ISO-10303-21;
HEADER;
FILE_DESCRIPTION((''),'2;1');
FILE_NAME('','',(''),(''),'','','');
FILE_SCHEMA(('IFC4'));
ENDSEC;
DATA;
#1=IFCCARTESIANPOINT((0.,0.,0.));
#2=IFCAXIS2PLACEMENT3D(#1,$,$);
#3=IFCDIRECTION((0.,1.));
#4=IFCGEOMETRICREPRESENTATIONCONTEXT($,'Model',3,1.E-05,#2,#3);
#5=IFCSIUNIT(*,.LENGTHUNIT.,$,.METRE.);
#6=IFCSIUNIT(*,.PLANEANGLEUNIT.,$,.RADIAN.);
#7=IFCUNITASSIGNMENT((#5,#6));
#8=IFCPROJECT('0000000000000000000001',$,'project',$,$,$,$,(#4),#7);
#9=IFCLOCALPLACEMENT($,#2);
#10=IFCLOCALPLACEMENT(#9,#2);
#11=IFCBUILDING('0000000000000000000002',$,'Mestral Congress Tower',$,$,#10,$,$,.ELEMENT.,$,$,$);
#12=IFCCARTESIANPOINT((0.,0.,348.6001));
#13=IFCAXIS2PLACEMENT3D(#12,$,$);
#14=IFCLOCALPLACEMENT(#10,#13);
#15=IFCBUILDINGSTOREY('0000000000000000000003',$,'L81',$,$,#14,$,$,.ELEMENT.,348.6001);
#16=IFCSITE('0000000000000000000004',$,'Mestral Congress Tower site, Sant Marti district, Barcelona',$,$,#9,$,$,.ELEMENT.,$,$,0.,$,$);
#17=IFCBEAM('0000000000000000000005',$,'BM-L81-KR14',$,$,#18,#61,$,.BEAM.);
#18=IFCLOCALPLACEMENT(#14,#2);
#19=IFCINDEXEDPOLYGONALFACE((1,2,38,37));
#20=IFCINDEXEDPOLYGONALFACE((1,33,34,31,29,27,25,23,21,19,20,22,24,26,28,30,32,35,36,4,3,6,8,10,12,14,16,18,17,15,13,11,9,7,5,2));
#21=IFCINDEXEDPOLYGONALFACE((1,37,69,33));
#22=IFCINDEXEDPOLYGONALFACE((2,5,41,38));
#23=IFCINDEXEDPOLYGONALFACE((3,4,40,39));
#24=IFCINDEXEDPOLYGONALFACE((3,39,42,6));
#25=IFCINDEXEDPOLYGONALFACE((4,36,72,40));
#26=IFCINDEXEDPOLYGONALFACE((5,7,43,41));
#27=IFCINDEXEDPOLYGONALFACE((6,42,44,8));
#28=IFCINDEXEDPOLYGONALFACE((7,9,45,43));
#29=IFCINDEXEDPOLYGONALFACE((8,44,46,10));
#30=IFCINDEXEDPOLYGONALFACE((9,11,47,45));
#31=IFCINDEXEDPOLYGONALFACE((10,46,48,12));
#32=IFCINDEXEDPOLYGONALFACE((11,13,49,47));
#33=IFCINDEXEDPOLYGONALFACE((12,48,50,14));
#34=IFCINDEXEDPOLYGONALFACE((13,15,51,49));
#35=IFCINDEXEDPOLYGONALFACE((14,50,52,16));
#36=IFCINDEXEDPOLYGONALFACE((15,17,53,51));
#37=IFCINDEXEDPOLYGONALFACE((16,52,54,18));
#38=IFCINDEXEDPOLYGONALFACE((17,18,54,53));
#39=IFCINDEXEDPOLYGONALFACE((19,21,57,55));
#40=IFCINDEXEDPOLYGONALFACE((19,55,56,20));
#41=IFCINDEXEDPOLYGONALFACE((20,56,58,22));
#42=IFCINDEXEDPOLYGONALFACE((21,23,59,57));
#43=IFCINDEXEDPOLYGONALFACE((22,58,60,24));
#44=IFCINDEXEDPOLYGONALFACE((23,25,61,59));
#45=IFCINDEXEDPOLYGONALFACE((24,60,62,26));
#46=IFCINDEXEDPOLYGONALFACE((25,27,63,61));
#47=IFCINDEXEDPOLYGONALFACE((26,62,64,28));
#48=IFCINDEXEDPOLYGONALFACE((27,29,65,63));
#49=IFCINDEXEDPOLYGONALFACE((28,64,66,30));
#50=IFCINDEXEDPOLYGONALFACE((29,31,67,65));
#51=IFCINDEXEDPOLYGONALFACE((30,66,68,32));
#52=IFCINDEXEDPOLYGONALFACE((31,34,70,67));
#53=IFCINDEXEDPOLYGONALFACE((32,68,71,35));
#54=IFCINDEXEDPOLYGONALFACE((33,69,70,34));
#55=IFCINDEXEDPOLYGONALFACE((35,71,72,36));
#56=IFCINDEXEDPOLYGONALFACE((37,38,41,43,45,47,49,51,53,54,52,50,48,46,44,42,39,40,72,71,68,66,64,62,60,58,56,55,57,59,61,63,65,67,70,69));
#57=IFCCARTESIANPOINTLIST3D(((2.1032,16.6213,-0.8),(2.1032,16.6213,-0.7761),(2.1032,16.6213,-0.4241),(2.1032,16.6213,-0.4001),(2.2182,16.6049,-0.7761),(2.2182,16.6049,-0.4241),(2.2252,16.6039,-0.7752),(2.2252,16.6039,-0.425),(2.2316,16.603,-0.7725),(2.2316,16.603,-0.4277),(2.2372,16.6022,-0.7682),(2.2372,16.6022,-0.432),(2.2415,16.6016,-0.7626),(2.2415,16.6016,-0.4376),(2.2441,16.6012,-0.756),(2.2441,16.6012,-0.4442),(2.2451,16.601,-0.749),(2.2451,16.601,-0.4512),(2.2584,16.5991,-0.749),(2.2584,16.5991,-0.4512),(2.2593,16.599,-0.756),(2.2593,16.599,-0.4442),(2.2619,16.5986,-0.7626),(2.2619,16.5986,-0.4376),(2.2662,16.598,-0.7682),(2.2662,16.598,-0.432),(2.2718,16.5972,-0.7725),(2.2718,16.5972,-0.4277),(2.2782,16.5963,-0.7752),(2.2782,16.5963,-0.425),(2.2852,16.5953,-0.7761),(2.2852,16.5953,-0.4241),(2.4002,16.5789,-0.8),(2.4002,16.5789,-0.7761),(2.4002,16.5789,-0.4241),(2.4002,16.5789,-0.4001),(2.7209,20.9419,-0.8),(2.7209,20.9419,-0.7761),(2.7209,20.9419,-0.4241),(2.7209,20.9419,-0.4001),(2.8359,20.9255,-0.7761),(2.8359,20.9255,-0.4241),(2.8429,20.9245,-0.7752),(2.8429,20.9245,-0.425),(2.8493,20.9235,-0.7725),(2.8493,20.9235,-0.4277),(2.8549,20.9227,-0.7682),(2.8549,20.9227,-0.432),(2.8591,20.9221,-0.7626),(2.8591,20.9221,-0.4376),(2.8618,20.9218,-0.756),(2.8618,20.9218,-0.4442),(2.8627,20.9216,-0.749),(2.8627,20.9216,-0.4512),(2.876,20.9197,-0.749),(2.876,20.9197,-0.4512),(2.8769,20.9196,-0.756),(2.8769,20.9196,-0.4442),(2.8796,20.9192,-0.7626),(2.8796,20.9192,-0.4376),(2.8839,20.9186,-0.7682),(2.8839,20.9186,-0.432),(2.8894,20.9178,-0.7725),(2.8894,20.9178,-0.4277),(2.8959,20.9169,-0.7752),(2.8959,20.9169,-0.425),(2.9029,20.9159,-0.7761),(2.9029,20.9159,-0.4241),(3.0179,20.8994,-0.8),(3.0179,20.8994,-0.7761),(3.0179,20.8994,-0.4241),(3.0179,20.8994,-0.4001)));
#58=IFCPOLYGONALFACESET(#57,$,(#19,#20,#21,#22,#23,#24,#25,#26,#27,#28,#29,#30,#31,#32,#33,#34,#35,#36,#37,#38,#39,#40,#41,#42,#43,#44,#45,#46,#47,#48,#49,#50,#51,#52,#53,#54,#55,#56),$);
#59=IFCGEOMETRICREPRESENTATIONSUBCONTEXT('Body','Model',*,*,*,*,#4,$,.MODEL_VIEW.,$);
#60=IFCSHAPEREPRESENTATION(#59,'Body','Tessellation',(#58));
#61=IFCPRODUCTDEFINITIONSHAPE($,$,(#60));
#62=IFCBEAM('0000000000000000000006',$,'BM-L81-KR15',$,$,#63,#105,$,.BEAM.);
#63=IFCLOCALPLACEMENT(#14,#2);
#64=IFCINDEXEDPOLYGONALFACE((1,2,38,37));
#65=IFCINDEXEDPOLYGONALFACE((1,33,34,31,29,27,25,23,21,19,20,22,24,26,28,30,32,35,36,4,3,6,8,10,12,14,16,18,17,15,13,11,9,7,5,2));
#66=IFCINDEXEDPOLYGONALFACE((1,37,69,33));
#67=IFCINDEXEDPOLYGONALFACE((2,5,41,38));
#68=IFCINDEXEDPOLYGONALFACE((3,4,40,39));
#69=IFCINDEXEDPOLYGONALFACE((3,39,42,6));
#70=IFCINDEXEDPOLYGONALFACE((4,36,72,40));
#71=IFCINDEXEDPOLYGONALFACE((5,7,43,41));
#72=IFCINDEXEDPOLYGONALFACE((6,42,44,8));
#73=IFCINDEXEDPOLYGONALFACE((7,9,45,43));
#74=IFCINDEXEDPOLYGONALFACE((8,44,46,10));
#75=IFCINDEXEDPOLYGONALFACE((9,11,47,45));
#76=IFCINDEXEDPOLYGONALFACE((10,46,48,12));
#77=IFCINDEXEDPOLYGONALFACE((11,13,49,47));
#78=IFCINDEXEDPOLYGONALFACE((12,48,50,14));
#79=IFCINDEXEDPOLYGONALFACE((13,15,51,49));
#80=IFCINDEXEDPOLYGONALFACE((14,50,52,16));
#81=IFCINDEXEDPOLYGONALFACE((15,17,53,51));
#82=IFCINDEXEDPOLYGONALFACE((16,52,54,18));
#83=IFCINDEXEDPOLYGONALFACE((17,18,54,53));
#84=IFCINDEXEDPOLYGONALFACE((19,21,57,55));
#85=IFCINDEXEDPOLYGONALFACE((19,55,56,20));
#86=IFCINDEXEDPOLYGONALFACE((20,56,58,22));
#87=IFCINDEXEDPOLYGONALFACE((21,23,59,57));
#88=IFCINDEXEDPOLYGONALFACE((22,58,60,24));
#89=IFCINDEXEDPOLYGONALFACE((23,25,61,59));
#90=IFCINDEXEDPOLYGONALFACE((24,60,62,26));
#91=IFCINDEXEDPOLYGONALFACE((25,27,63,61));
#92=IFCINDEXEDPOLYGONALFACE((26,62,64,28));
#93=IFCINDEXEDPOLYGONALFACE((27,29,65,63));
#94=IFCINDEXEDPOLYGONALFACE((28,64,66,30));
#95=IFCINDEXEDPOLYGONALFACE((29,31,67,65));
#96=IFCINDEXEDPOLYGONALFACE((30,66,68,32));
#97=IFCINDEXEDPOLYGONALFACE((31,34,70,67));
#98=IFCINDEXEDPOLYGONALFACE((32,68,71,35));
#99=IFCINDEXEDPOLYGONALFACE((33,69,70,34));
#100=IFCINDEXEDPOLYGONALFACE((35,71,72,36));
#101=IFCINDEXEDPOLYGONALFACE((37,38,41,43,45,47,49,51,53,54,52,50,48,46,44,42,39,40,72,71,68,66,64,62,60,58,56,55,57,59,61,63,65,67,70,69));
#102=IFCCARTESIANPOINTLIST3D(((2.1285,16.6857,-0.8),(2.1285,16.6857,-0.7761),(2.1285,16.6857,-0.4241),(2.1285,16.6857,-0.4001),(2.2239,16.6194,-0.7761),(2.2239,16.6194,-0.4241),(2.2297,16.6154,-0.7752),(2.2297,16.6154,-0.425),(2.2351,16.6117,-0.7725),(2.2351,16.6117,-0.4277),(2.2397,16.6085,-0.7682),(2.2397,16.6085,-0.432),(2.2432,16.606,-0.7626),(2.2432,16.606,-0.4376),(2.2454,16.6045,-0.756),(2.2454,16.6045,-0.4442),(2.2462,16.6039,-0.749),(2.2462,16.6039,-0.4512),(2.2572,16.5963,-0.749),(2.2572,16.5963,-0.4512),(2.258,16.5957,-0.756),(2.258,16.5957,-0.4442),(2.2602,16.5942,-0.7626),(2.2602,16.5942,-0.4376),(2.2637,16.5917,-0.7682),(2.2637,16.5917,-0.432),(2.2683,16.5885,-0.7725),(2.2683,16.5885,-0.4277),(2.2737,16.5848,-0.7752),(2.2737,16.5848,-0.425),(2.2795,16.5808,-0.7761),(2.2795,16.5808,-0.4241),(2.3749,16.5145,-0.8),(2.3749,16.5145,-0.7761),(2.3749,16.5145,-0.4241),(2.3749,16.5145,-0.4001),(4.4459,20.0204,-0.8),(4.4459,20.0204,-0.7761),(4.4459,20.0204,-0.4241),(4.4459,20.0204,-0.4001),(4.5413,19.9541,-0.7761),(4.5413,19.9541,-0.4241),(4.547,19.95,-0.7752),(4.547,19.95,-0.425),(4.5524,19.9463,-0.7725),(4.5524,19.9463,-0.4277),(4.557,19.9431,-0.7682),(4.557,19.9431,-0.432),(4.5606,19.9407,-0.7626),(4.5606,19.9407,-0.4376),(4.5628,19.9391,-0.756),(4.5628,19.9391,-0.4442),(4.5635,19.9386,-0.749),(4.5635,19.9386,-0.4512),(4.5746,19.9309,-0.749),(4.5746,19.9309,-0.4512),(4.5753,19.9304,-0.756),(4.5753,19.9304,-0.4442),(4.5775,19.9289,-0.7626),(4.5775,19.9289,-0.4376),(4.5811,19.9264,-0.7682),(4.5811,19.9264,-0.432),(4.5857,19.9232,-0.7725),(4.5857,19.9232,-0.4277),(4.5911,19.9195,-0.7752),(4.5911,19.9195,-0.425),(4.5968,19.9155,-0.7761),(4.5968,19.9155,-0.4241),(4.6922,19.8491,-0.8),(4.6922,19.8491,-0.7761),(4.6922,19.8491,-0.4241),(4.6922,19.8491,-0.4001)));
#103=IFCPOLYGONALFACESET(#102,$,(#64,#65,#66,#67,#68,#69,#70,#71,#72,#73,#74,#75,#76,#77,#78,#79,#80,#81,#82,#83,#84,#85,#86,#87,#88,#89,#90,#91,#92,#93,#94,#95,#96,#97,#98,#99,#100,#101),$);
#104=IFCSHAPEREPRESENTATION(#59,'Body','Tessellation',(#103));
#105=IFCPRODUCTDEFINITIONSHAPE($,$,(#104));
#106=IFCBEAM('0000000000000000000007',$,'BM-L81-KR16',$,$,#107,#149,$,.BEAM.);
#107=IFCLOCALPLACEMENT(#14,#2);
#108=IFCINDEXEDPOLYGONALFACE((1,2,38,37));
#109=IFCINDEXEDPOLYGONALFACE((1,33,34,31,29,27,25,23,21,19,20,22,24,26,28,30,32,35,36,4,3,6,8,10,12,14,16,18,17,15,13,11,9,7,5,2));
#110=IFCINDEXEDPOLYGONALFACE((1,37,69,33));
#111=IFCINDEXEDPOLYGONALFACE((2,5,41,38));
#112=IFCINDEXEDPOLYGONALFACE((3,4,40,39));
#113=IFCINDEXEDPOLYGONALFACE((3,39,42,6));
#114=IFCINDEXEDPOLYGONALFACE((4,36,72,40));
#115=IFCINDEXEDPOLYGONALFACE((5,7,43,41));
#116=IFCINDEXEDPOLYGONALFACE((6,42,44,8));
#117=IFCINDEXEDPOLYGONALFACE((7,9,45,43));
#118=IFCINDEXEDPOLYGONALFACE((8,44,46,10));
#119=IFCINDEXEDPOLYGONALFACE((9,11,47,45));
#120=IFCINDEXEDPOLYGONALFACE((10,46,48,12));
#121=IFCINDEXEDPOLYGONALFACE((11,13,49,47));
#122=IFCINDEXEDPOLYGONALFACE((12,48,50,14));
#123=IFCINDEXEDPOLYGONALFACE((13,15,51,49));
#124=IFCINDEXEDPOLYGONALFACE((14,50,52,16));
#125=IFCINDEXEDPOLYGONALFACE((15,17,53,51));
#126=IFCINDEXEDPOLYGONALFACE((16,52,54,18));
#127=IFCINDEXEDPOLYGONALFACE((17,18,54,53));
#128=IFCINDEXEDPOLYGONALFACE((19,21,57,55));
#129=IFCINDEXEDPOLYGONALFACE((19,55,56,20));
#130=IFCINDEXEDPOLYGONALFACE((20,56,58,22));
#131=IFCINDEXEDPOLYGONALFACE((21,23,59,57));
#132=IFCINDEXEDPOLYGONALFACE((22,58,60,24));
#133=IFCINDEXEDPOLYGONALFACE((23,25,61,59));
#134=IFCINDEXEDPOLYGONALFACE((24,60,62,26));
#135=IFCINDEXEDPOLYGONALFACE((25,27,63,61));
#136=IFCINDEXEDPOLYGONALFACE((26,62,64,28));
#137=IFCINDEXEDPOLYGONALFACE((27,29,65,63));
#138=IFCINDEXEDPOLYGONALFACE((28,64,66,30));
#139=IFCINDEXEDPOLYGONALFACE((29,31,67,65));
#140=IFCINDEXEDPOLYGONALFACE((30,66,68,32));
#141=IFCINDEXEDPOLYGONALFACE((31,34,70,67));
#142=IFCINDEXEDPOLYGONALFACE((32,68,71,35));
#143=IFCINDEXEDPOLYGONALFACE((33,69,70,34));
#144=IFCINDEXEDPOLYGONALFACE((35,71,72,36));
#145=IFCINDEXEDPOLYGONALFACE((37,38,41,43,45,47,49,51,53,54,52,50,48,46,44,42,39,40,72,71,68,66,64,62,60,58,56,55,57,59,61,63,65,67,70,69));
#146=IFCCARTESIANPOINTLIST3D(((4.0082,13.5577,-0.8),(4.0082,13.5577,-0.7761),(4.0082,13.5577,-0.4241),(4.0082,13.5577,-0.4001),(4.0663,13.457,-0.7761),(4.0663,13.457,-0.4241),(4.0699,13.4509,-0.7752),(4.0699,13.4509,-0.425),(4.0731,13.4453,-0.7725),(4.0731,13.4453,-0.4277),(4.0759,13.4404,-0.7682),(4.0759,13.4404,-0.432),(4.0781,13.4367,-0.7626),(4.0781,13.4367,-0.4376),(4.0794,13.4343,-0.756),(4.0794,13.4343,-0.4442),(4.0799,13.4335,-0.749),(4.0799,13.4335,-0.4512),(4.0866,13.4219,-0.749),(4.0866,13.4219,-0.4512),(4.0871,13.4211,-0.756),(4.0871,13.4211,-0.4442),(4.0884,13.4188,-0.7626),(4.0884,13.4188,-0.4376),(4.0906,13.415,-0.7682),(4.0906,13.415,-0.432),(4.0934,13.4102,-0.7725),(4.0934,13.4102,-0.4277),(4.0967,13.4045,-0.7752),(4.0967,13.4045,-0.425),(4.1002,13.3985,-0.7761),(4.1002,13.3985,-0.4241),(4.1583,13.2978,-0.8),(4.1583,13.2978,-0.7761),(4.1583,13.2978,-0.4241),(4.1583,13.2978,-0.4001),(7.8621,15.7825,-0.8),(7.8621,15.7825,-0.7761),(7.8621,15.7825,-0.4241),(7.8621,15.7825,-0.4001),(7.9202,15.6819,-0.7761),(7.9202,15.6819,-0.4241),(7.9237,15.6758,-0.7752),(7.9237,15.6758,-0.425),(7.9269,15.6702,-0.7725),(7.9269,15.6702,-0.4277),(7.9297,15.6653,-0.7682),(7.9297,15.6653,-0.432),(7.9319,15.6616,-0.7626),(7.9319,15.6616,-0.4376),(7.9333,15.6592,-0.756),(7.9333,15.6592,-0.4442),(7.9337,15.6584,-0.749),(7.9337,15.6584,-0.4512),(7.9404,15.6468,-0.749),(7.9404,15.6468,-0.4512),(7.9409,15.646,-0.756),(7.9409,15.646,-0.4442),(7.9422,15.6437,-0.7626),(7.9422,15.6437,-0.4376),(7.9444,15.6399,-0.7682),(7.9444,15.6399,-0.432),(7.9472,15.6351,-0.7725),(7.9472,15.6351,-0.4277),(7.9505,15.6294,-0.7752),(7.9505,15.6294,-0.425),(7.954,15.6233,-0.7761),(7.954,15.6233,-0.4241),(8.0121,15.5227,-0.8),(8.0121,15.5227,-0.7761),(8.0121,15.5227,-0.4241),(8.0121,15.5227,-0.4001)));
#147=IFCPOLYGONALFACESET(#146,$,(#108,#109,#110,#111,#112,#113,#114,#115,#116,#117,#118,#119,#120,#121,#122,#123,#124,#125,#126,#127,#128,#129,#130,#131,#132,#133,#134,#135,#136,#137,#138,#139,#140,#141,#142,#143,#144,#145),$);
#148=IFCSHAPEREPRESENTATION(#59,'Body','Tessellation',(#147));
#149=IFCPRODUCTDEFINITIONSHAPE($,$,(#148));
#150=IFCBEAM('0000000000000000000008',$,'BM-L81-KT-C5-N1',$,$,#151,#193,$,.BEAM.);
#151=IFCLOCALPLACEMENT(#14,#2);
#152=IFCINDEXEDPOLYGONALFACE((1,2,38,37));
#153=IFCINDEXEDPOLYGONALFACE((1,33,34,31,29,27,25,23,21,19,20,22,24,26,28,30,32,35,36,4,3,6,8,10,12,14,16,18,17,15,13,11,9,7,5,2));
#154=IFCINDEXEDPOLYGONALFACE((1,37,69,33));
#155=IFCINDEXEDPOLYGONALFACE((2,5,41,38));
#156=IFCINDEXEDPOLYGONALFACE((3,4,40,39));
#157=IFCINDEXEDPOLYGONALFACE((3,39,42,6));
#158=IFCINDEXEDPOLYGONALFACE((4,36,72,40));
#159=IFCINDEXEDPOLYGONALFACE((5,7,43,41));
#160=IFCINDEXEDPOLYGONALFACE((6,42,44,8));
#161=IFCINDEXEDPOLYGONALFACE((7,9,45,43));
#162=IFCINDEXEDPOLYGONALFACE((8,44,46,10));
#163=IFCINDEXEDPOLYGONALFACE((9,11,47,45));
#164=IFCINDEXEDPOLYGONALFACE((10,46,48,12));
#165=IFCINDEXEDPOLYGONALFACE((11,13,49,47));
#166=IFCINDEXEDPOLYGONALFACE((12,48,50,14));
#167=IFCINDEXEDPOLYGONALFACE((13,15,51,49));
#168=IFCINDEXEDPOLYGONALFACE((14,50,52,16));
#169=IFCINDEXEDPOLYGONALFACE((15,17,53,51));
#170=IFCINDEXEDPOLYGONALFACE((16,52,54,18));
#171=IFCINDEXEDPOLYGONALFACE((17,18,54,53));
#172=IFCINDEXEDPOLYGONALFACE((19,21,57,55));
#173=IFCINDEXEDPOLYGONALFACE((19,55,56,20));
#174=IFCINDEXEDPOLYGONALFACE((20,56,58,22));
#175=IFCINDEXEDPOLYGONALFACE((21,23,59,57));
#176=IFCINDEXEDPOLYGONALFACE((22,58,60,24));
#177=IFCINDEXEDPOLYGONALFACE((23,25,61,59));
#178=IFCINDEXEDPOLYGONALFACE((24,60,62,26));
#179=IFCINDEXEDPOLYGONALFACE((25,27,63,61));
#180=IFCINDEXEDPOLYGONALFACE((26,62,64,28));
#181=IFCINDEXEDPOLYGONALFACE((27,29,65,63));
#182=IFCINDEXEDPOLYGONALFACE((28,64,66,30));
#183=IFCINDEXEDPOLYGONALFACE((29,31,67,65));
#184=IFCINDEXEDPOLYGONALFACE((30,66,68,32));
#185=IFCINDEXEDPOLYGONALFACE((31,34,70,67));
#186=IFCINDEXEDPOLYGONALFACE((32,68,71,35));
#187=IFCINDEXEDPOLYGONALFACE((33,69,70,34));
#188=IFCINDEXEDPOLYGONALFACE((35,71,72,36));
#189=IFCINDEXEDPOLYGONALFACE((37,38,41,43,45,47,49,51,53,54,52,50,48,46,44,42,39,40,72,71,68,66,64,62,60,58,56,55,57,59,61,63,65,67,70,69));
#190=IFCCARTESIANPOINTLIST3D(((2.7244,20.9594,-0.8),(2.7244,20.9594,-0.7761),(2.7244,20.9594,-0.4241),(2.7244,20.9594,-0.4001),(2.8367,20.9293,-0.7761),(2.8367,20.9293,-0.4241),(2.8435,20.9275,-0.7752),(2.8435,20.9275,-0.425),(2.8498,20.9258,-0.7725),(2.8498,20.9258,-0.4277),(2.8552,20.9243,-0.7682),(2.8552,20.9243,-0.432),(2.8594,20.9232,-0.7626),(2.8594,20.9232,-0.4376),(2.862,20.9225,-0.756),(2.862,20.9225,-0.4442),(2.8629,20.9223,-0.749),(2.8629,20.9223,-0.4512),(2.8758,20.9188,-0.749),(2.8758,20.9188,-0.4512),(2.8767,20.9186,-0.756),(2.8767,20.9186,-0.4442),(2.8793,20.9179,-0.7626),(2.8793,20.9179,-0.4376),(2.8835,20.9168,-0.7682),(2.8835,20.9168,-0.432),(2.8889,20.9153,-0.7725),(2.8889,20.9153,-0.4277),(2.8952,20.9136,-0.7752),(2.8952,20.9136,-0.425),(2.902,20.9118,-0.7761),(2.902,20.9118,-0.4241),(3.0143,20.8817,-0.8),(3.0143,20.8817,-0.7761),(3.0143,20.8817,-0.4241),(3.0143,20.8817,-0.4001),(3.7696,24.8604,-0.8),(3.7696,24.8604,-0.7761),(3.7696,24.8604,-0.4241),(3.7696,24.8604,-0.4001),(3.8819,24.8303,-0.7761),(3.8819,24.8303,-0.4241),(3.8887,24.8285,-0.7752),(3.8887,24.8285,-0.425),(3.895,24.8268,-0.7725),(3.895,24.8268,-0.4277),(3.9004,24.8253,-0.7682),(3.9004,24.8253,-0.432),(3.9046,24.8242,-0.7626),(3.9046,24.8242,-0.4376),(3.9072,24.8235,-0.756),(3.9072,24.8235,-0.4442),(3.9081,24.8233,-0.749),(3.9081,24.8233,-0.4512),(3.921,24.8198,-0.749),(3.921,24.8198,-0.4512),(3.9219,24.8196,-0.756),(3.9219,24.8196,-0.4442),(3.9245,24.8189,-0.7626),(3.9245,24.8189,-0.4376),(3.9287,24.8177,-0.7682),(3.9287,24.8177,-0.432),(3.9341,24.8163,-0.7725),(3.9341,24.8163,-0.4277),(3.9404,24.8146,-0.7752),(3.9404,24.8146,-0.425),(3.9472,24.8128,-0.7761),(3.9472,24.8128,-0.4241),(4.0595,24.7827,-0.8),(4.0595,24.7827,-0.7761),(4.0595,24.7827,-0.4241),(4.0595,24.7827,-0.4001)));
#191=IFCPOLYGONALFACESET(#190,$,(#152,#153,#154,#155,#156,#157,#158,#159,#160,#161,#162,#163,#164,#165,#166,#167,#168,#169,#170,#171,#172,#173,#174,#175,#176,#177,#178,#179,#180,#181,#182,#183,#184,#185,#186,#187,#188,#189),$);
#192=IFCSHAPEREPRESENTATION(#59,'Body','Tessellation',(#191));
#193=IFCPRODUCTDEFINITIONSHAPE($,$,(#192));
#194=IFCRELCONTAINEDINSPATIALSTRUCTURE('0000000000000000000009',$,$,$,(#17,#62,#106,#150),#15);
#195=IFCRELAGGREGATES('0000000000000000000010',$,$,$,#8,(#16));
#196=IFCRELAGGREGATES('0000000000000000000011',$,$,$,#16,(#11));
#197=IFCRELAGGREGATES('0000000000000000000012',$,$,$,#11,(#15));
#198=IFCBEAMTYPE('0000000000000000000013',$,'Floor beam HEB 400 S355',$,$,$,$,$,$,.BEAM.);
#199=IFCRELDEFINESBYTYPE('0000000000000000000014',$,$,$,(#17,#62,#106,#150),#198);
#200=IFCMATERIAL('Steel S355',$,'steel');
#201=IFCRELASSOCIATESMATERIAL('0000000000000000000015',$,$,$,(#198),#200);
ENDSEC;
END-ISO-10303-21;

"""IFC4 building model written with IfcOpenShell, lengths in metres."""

from ifc_helpers import new_model, si_unit, direction, frame, origin, origin_2d, place, context, subcontext, project, spatial, i_section, extrude, material, material_profile, profile_set, type_object, element, save


model = new_model("IFC4")

# Units and contexts
model_context = context("Model", 3, precision=1e-05, world=origin(), true_north=direction((0.0, 1.0)))
body_context = subcontext(model_context, "Body", "Model", "MODEL_VIEW")
ifc_project = project(units=[si_unit("LENGTHUNIT", "METRE"), si_unit("PLANEANGLEUNIT", "RADIAN")], contexts=[model_context])

# Site, building, storey
site_placement = place(None, origin())
site = spatial("IfcSite", under=ifc_project, at=site_placement, Name="Mestral Congress Tower site, Sant Marti district, Barcelona", CompositionType="ELEMENT", RefElevation=0.0)
building_placement = place(site_placement, origin())
building = spatial("IfcBuilding", under=site, at=building_placement, Name="Mestral Congress Tower", CompositionType="ELEMENT")
storey_placement = place(building_placement, frame((0.0, 0.0, 348.6001)))
storey = spatial("IfcBuildingStorey", under=building, at=storey_placement, Name="L81", CompositionType="ELEMENT", Elevation=348.6001)

# Beams
ifc_material_1 = material(Name="Steel S355", Category="steel")
ifc_material_profile_1 = material_profile(ifc_material_1, i_section(OverallWidth=0.3, OverallDepth=0.3999, WebThickness=0.0134, FlangeThickness=0.0239, FilletRadius=0.0271, at=origin_2d()), Name="HEB 400")
ifc_profile_set_1 = profile_set([ifc_material_profile_1], Name="Steel S355")
beam_type_1 = type_object("IfcBeamType", Name="Floor beam HEB 400 S355", PredefinedType="BEAM", material=ifc_profile_set_1)
beam_1_placement = place(storey_placement, frame((2.2517, 16.6001, -0.6001), z_axis=(0.141523, 0.989935, 0.0), x_axis=(-0.989935, 0.141523, 0.0)))
element("IfcBeam", 1, at=beam_1_placement, inside=storey, type_object=beam_type_1, Name="BM-L81-KR14", PredefinedType="BEAM", context=body_context, shape_type="SweptSolid", body=[
    extrude(i_section(OverallWidth=0.3, OverallDepth=0.3999, WebThickness=0.0134, FlangeThickness=0.0239, FilletRadius=0.0271, at=origin_2d()), origin(), (0.0, 0.0, 1.0), 4.3645),
])
beam_2_placement = place(storey_placement, frame((2.2517, 16.6001, -0.6001), z_axis=(0.570663, 0.821184, 0.0), x_axis=(-0.821184, 0.570663, 0.0)))
element("IfcBeam", 2, at=beam_2_placement, inside=storey, type_object=beam_type_1, Name="BM-L81-KR15", PredefinedType="BEAM", context=body_context, shape_type="SweptSolid", body=[
    extrude(i_section(OverallWidth=0.3, OverallDepth=0.3999, WebThickness=0.0134, FlangeThickness=0.0239, FilletRadius=0.0271, at=origin_2d()), origin(), (0.0, 0.0, 1.0), 4.0608),
])
beam_3_placement = place(storey_placement, frame((4.0833, 13.4277, -0.6001), z_axis=(0.866037, 0.49998, 0.0), x_axis=(-0.49998, 0.866037, 0.0)))
element("IfcBeam", 3, at=beam_3_placement, inside=storey, type_object=beam_type_1, Name="BM-L81-KR16", PredefinedType="BEAM", context=body_context, shape_type="SweptSolid", body=[
    extrude(i_section(OverallWidth=0.3, OverallDepth=0.3999, WebThickness=0.0134, FlangeThickness=0.0239, FilletRadius=0.0271, at=origin_2d()), origin(), (0.0, 0.0, 1.0), 4.45),
])
beam_4_placement = place(storey_placement, frame((3.9146, 24.8215, -0.6001), z_axis=(-0.258803, -0.96593, 0.0), x_axis=(0.96593, -0.258803, 0.0)))
element("IfcBeam", 4, at=beam_4_placement, inside=storey, type_object=beam_type_1, Name="BM-L81-KT-C5-N1", PredefinedType="BEAM", context=body_context, shape_type="SweptSolid", body=[
    extrude(i_section(OverallWidth=0.3, OverallDepth=0.3999, WebThickness=0.0134, FlangeThickness=0.0239, FilletRadius=0.0271, at=origin_2d()), origin(), (0.0, 0.0, 1.0), 4.0386),
])

save(model, "model.ifc")
